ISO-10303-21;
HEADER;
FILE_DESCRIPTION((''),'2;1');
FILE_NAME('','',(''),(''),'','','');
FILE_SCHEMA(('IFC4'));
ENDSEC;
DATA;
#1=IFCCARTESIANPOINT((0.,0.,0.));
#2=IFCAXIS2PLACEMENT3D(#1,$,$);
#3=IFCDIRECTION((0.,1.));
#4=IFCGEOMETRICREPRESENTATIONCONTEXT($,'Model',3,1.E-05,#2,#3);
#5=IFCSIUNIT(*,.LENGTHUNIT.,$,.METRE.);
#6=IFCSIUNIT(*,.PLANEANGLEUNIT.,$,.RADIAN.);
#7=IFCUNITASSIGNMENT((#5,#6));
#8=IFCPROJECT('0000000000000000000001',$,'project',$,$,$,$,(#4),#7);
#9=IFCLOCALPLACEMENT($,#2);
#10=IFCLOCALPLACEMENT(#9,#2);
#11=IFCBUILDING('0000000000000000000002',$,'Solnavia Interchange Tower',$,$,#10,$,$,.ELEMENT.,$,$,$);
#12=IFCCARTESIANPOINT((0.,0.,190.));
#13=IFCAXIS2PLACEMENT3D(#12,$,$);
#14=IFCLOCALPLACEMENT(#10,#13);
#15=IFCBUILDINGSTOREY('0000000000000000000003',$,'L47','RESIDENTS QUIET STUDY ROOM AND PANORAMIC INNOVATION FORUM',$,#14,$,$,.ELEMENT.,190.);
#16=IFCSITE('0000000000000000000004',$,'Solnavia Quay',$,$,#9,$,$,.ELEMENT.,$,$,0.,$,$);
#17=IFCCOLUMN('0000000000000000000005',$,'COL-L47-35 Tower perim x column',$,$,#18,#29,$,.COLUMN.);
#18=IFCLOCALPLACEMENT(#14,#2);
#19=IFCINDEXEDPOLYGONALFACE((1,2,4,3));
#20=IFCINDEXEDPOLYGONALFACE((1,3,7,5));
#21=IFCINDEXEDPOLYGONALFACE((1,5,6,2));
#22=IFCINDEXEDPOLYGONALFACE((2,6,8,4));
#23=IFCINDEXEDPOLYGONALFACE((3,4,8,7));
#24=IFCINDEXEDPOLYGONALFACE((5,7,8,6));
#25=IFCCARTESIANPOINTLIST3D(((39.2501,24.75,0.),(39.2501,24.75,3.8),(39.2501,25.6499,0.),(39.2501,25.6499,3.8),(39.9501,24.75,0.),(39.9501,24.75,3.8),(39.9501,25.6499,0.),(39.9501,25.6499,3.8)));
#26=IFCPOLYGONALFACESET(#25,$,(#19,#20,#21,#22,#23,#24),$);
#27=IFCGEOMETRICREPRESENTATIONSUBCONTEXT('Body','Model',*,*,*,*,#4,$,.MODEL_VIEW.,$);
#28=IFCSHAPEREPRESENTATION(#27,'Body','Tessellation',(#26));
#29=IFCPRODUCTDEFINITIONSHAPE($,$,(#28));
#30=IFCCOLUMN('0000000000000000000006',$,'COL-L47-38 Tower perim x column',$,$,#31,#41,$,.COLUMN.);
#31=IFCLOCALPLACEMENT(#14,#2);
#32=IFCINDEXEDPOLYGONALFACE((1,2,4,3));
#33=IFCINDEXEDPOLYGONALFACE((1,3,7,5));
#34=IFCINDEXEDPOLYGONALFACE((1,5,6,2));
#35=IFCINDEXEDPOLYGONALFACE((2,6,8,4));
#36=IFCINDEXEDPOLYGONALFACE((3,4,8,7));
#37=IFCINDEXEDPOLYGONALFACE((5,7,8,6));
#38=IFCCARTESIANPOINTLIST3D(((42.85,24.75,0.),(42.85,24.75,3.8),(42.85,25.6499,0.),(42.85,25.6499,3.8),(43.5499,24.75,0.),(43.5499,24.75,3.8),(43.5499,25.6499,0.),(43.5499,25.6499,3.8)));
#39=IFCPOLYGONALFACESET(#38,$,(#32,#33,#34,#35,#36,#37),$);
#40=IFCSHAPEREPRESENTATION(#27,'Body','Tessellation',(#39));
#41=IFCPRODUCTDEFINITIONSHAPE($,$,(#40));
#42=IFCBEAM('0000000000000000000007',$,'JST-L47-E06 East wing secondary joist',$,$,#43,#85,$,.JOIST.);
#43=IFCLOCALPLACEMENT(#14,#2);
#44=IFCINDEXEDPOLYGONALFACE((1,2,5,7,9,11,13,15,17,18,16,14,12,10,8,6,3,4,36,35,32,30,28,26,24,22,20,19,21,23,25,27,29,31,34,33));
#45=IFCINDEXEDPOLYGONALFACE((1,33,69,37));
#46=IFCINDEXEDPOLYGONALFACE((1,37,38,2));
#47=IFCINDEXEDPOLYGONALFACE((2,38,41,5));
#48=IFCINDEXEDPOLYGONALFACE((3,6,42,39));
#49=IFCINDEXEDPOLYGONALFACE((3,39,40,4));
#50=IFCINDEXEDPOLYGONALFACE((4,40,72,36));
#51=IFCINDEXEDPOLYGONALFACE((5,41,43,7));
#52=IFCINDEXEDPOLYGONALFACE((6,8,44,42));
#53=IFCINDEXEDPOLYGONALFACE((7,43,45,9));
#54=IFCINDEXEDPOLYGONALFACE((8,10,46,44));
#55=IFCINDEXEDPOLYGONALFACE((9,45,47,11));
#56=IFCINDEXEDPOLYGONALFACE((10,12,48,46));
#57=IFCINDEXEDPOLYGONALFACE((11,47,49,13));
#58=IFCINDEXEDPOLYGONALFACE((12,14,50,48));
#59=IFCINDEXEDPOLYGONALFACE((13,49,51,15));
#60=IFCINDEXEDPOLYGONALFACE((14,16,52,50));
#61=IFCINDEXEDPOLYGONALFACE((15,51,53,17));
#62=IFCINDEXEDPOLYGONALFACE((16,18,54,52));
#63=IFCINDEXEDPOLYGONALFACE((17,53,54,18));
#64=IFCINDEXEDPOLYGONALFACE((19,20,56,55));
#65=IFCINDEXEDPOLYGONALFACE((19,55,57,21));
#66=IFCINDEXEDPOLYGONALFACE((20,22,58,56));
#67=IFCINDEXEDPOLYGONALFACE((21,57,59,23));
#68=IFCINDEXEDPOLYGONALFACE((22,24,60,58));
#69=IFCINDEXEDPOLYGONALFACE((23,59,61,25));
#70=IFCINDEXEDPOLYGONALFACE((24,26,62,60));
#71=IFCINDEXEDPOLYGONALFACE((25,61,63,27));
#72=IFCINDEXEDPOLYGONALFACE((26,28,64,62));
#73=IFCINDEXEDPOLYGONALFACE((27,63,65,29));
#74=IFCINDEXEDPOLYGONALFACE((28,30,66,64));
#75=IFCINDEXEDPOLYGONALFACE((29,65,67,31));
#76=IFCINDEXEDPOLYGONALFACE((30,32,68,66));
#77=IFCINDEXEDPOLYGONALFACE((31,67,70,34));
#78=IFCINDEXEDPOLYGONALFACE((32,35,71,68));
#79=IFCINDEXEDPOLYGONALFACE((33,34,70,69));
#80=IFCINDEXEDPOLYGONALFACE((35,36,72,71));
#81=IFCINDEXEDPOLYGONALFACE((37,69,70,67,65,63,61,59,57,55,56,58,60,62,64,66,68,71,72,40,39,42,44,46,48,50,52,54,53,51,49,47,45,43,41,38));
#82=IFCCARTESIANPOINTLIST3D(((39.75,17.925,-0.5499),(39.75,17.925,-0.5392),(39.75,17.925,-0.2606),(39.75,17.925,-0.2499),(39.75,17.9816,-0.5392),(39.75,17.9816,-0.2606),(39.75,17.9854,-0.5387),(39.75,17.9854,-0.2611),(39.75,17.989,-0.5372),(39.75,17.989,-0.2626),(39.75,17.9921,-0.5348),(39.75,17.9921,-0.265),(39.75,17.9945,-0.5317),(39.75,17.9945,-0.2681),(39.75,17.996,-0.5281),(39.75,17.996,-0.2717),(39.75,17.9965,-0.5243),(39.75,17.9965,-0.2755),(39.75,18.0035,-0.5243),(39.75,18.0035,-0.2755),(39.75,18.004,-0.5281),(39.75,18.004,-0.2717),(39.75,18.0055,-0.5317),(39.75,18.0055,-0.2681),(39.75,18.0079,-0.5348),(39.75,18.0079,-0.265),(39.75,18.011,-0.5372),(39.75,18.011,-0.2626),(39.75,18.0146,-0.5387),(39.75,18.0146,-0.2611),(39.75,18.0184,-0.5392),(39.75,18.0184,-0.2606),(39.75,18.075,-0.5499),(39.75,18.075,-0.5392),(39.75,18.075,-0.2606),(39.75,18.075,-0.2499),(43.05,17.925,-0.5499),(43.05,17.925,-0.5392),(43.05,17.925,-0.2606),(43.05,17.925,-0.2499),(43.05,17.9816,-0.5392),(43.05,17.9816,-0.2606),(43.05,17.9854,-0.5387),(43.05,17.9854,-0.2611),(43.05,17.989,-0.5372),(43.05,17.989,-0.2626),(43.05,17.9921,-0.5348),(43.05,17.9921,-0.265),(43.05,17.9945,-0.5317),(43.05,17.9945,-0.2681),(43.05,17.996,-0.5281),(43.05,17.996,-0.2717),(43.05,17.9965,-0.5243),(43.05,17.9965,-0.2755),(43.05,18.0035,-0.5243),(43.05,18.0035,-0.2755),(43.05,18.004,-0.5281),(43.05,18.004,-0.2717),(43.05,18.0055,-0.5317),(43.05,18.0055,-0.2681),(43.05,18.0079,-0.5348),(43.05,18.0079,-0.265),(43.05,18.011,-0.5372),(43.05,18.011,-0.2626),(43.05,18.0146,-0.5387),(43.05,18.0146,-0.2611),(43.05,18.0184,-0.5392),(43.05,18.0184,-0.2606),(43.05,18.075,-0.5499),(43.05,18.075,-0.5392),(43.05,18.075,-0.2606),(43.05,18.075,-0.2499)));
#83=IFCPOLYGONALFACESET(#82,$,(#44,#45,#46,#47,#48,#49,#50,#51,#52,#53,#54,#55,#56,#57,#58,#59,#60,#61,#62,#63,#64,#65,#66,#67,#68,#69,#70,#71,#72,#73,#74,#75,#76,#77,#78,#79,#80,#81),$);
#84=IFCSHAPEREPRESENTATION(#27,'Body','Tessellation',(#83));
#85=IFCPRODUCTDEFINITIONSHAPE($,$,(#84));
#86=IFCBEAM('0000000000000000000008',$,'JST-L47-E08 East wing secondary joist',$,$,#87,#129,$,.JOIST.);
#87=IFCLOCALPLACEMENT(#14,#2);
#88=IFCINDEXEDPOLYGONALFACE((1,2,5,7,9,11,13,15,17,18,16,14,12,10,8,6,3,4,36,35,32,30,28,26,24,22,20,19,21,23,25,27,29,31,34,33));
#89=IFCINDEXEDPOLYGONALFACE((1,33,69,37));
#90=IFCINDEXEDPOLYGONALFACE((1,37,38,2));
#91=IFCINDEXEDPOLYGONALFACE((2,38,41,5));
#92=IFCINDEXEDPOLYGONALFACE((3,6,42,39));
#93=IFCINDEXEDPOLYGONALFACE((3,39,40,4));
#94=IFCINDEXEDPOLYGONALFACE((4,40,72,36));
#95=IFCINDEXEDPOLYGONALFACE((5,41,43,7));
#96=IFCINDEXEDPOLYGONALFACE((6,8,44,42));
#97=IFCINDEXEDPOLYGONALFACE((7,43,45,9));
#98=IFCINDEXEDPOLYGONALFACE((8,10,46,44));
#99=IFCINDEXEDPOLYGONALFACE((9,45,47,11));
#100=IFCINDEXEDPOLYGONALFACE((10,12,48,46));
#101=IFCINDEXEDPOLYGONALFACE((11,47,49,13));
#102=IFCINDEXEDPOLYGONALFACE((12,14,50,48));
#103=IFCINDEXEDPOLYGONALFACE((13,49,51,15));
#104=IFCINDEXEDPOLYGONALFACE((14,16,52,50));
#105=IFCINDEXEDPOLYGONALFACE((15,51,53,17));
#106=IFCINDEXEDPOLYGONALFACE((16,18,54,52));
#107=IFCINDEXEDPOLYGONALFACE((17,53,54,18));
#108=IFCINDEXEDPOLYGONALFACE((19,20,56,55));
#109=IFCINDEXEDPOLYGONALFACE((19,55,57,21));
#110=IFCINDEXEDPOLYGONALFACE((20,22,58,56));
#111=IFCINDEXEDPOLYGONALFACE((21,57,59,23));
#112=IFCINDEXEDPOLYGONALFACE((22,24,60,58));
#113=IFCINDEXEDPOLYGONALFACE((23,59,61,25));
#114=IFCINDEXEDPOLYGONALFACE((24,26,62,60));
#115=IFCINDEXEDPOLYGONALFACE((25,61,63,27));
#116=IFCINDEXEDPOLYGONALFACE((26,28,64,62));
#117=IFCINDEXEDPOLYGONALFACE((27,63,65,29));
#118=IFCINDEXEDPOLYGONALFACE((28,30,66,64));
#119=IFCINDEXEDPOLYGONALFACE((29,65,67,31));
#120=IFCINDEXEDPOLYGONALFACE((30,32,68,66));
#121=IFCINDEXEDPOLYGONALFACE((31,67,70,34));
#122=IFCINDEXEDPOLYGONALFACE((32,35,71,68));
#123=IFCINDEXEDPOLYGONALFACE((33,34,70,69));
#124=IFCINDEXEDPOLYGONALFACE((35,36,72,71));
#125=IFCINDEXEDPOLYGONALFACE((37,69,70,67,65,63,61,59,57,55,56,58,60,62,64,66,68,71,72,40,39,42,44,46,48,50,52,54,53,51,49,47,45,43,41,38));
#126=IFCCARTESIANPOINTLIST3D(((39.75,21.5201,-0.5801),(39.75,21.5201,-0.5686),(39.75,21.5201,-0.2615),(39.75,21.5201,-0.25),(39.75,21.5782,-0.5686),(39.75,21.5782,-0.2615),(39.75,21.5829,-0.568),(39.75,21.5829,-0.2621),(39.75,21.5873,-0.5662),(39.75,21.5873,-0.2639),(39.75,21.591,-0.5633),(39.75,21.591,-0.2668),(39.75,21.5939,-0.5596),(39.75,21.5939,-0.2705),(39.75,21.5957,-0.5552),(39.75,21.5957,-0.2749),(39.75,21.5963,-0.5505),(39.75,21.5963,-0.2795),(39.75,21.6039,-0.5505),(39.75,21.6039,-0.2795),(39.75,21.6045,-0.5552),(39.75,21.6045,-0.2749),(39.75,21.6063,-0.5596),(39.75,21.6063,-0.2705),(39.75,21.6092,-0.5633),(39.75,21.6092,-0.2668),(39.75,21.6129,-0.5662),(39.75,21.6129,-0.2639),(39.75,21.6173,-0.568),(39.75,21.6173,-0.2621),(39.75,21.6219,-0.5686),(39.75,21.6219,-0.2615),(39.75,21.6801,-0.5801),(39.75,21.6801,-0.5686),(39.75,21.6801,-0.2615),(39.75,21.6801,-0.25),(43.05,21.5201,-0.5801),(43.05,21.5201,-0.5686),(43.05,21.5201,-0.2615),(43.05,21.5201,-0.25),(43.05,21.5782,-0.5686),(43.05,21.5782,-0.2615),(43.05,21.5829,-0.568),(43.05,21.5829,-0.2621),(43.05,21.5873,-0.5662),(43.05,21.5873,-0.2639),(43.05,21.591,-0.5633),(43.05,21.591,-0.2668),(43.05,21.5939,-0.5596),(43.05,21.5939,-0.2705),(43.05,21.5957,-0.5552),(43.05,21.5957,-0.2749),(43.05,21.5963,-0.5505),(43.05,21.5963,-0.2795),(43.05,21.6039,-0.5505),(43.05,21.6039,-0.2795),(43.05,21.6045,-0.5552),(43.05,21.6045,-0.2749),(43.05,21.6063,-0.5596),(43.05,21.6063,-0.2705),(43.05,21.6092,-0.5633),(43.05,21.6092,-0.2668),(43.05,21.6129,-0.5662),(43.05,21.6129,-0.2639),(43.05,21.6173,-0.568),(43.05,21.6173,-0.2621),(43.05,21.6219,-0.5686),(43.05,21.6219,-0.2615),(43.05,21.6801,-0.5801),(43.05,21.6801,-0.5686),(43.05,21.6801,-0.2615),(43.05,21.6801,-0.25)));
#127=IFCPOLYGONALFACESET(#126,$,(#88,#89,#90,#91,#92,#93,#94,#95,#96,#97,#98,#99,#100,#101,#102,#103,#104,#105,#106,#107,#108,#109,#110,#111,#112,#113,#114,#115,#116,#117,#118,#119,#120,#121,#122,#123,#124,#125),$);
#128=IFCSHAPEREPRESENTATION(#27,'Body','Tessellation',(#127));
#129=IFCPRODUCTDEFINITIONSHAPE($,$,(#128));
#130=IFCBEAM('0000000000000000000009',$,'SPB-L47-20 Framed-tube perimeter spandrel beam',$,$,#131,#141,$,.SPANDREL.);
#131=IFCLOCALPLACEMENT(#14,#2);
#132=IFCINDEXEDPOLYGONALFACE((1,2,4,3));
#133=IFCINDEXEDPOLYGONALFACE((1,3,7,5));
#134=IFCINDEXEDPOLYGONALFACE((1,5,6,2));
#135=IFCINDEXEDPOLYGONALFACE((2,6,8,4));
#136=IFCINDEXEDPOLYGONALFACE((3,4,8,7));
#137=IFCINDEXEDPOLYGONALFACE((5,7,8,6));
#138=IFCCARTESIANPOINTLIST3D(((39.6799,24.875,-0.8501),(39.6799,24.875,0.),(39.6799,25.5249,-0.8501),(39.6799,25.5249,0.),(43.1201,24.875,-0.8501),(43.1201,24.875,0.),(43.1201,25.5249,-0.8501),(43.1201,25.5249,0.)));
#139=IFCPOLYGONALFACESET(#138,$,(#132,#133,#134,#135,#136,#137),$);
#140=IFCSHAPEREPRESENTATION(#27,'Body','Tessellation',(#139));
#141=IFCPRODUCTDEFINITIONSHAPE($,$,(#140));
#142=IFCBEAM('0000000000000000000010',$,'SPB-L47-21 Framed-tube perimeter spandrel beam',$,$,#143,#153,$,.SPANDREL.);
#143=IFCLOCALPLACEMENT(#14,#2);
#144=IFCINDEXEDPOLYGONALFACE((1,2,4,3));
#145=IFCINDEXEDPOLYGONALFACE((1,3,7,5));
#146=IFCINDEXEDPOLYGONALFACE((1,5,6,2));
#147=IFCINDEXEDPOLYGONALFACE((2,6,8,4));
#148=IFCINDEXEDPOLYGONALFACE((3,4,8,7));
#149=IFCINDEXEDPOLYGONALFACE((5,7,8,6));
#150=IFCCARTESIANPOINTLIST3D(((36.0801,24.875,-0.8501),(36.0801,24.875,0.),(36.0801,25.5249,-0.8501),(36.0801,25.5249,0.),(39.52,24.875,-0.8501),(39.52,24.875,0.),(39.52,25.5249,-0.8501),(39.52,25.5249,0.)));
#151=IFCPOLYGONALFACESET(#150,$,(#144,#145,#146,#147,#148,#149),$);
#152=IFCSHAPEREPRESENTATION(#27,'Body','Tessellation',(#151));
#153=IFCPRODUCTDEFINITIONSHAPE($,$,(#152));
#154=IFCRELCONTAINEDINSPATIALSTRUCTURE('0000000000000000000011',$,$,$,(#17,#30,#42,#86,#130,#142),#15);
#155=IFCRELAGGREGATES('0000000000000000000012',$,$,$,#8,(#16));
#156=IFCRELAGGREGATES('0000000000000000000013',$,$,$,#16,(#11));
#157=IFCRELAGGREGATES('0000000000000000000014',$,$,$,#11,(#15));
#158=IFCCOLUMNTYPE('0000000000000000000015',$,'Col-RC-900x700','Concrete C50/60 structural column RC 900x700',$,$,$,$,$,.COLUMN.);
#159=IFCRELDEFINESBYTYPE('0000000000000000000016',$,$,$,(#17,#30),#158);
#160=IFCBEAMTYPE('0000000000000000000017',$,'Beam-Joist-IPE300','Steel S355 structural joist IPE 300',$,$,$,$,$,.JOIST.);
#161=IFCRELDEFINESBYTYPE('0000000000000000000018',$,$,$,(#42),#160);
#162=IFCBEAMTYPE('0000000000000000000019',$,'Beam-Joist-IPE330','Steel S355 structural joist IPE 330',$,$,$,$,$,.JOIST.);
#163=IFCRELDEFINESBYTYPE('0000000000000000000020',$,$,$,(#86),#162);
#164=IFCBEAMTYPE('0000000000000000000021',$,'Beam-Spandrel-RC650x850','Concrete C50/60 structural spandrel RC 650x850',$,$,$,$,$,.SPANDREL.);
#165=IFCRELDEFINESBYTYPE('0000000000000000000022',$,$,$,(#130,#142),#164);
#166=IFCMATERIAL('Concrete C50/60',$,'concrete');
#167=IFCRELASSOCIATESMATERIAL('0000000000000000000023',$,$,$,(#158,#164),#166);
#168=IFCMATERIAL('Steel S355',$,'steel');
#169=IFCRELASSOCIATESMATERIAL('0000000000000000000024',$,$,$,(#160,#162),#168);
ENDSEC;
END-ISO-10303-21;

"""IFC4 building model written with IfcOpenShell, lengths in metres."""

from ifc_helpers import new_model, si_unit, direction, frame, origin, origin_2d, place, context, subcontext, project, spatial, rectangle, i_section, extrude, material, material_profile, profile_set, type_object, element, save


model = new_model("IFC4")

# Units and contexts
model_context = context("Model", 3, precision=1e-05, world=origin(), true_north=direction((0.0, 1.0)))
body_context = subcontext(model_context, "Body", "Model", "MODEL_VIEW")
ifc_project = project(units=[si_unit("LENGTHUNIT", "METRE"), si_unit("PLANEANGLEUNIT", "RADIAN")], contexts=[model_context])

# Site, building, storey
site_placement = place(None, origin())
site = spatial("IfcSite", under=ifc_project, at=site_placement, Name="Solnavia Quay", CompositionType="ELEMENT", RefElevation=0.0)
building_placement = place(site_placement, origin())
building = spatial("IfcBuilding", under=site, at=building_placement, Name="Solnavia Interchange Tower", CompositionType="ELEMENT")
storey_placement = place(building_placement, frame((0.0, 0.0, 190.0)))
storey = spatial("IfcBuildingStorey", under=building, at=storey_placement, Name="L47", Description="RESIDENTS QUIET STUDY ROOM AND PANORAMIC INNOVATION FORUM", CompositionType="ELEMENT", Elevation=190.0)

# Columns
ifc_material_1 = material(Name="Concrete C50/60", Category="concrete")
ifc_material_profile_1 = material_profile(ifc_material_1, rectangle(XDim=0.7, YDim=0.8999, at=origin_2d()), Name="RC 900x700")
ifc_profile_set_1 = profile_set([ifc_material_profile_1], Name="Concrete C50/60")
column_type = type_object("IfcColumnType", Name="Col-RC-900x700", Description="Concrete C50/60 structural column RC 900x700", PredefinedType="COLUMN", material=ifc_profile_set_1)
for number, where, z_axis, x_axis, name in (
    (1, (39.6001, 25.2, 0.0), (0.0, 0.0, 1.0), (1.0, 0.0, 0.0), "COL-L47-35 Tower perim x column"),
    (2, (43.2, 25.2, 0.0), (0.0, 0.0, 1.0), (1.0, 0.0, 0.0), "COL-L47-38 Tower perim x column"),
):
    element("IfcColumn", number, at=place(storey_placement, frame(where, z_axis=z_axis, x_axis=x_axis)), inside=storey, type_object=column_type, Name=name, PredefinedType="COLUMN", context=body_context, shape_type="SweptSolid", body=[
        extrude(rectangle(XDim=0.7, YDim=0.8999, at=origin_2d()), origin(), (0.0, 0.0, 1.0), 3.8),
    ])

# Beams
ifc_material_2 = material(Name="Steel S355", Category="steel")
ifc_material_profile_2 = material_profile(ifc_material_2, i_section(OverallWidth=0.1499, OverallDepth=0.3, WebThickness=0.0071, FlangeThickness=0.0107, FilletRadius=0.0149, at=origin_2d()), Name="IPE 300")
ifc_profile_set_2 = profile_set([ifc_material_profile_2], Name="Steel S355")
beam_type_1 = type_object("IfcBeamType", Name="Beam-Joist-IPE300", Description="Steel S355 structural joist IPE 300", PredefinedType="JOIST", material=ifc_profile_set_2)
beam_1_placement = place(storey_placement, frame((39.75, 18.0, -0.3999), z_axis=(1.0, 0.0, 0.0), x_axis=(0.0, 1.0, 0.0)))
element("IfcBeam", 3, at=beam_1_placement, inside=storey, type_object=beam_type_1, Name="JST-L47-E06 East wing secondary joist", PredefinedType="JOIST", context=body_context, shape_type="SweptSolid", body=[
    extrude(i_section(OverallWidth=0.1499, OverallDepth=0.3, WebThickness=0.0071, FlangeThickness=0.0107, FilletRadius=0.0149, at=origin_2d()), origin(), (0.0, 0.0, 1.0), 3.3),
])
ifc_material_profile_3 = material_profile(ifc_material_2, i_section(OverallWidth=0.1599, OverallDepth=0.3301, WebThickness=0.0076, FlangeThickness=0.0115, FilletRadius=0.0181, at=origin_2d()), Name="IPE 330")
ifc_profile_set_3 = profile_set([ifc_material_profile_3], Name="Steel S355")
beam_type_2 = type_object("IfcBeamType", Name="Beam-Joist-IPE330", Description="Steel S355 structural joist IPE 330", PredefinedType="JOIST", material=ifc_profile_set_3)
beam_2_placement = place(storey_placement, frame((39.75, 21.6001, -0.415), z_axis=(1.0, 0.0, 0.0), x_axis=(0.0, 1.0, 0.0)))
element("IfcBeam", 4, at=beam_2_placement, inside=storey, type_object=beam_type_2, Name="JST-L47-E08 East wing secondary joist", PredefinedType="JOIST", context=body_context, shape_type="SweptSolid", body=[
    extrude(i_section(OverallWidth=0.1599, OverallDepth=0.3301, WebThickness=0.0076, FlangeThickness=0.0115, FilletRadius=0.0181, at=origin_2d()), origin(), (0.0, 0.0, 1.0), 3.3),
])
ifc_material_profile_4 = material_profile(ifc_material_1, rectangle(XDim=0.6499, YDim=0.8501, at=origin_2d()), Name="RC 650x850")
ifc_profile_set_4 = profile_set([ifc_material_profile_4], Name="Concrete C50/60")
beam_type_3 = type_object("IfcBeamType", Name="Beam-Spandrel-RC650x850", Description="Concrete C50/60 structural spandrel RC 650x850", PredefinedType="SPANDREL", material=ifc_profile_set_4)
beam_3_placement = place(storey_placement, frame((43.1201, 25.2, -0.425), z_axis=(-1.0, 0.0, 0.0), x_axis=(0.0, -1.0, 0.0)))
element("IfcBeam", 5, at=beam_3_placement, inside=storey, type_object=beam_type_3, Name="SPB-L47-20 Framed-tube perimeter spandrel beam", PredefinedType="SPANDREL", context=body_context, shape_type="SweptSolid", body=[
    extrude(rectangle(XDim=0.6499, YDim=0.8501, at=origin_2d()), origin(), (0.0, 0.0, 1.0), 3.4402),
])
beam_4_placement = place(storey_placement, frame((39.52, 25.2, -0.425), z_axis=(-1.0, 0.0, 0.0), x_axis=(0.0, -1.0, 0.0)))
element("IfcBeam", 6, at=beam_4_placement, inside=storey, type_object=beam_type_3, Name="SPB-L47-21 Framed-tube perimeter spandrel beam", PredefinedType="SPANDREL", context=body_context, shape_type="SweptSolid", body=[
    extrude(rectangle(XDim=0.6499, YDim=0.8501, at=origin_2d()), origin(), (0.0, 0.0, 1.0), 3.4399),
])

save(model, "model.ifc")
